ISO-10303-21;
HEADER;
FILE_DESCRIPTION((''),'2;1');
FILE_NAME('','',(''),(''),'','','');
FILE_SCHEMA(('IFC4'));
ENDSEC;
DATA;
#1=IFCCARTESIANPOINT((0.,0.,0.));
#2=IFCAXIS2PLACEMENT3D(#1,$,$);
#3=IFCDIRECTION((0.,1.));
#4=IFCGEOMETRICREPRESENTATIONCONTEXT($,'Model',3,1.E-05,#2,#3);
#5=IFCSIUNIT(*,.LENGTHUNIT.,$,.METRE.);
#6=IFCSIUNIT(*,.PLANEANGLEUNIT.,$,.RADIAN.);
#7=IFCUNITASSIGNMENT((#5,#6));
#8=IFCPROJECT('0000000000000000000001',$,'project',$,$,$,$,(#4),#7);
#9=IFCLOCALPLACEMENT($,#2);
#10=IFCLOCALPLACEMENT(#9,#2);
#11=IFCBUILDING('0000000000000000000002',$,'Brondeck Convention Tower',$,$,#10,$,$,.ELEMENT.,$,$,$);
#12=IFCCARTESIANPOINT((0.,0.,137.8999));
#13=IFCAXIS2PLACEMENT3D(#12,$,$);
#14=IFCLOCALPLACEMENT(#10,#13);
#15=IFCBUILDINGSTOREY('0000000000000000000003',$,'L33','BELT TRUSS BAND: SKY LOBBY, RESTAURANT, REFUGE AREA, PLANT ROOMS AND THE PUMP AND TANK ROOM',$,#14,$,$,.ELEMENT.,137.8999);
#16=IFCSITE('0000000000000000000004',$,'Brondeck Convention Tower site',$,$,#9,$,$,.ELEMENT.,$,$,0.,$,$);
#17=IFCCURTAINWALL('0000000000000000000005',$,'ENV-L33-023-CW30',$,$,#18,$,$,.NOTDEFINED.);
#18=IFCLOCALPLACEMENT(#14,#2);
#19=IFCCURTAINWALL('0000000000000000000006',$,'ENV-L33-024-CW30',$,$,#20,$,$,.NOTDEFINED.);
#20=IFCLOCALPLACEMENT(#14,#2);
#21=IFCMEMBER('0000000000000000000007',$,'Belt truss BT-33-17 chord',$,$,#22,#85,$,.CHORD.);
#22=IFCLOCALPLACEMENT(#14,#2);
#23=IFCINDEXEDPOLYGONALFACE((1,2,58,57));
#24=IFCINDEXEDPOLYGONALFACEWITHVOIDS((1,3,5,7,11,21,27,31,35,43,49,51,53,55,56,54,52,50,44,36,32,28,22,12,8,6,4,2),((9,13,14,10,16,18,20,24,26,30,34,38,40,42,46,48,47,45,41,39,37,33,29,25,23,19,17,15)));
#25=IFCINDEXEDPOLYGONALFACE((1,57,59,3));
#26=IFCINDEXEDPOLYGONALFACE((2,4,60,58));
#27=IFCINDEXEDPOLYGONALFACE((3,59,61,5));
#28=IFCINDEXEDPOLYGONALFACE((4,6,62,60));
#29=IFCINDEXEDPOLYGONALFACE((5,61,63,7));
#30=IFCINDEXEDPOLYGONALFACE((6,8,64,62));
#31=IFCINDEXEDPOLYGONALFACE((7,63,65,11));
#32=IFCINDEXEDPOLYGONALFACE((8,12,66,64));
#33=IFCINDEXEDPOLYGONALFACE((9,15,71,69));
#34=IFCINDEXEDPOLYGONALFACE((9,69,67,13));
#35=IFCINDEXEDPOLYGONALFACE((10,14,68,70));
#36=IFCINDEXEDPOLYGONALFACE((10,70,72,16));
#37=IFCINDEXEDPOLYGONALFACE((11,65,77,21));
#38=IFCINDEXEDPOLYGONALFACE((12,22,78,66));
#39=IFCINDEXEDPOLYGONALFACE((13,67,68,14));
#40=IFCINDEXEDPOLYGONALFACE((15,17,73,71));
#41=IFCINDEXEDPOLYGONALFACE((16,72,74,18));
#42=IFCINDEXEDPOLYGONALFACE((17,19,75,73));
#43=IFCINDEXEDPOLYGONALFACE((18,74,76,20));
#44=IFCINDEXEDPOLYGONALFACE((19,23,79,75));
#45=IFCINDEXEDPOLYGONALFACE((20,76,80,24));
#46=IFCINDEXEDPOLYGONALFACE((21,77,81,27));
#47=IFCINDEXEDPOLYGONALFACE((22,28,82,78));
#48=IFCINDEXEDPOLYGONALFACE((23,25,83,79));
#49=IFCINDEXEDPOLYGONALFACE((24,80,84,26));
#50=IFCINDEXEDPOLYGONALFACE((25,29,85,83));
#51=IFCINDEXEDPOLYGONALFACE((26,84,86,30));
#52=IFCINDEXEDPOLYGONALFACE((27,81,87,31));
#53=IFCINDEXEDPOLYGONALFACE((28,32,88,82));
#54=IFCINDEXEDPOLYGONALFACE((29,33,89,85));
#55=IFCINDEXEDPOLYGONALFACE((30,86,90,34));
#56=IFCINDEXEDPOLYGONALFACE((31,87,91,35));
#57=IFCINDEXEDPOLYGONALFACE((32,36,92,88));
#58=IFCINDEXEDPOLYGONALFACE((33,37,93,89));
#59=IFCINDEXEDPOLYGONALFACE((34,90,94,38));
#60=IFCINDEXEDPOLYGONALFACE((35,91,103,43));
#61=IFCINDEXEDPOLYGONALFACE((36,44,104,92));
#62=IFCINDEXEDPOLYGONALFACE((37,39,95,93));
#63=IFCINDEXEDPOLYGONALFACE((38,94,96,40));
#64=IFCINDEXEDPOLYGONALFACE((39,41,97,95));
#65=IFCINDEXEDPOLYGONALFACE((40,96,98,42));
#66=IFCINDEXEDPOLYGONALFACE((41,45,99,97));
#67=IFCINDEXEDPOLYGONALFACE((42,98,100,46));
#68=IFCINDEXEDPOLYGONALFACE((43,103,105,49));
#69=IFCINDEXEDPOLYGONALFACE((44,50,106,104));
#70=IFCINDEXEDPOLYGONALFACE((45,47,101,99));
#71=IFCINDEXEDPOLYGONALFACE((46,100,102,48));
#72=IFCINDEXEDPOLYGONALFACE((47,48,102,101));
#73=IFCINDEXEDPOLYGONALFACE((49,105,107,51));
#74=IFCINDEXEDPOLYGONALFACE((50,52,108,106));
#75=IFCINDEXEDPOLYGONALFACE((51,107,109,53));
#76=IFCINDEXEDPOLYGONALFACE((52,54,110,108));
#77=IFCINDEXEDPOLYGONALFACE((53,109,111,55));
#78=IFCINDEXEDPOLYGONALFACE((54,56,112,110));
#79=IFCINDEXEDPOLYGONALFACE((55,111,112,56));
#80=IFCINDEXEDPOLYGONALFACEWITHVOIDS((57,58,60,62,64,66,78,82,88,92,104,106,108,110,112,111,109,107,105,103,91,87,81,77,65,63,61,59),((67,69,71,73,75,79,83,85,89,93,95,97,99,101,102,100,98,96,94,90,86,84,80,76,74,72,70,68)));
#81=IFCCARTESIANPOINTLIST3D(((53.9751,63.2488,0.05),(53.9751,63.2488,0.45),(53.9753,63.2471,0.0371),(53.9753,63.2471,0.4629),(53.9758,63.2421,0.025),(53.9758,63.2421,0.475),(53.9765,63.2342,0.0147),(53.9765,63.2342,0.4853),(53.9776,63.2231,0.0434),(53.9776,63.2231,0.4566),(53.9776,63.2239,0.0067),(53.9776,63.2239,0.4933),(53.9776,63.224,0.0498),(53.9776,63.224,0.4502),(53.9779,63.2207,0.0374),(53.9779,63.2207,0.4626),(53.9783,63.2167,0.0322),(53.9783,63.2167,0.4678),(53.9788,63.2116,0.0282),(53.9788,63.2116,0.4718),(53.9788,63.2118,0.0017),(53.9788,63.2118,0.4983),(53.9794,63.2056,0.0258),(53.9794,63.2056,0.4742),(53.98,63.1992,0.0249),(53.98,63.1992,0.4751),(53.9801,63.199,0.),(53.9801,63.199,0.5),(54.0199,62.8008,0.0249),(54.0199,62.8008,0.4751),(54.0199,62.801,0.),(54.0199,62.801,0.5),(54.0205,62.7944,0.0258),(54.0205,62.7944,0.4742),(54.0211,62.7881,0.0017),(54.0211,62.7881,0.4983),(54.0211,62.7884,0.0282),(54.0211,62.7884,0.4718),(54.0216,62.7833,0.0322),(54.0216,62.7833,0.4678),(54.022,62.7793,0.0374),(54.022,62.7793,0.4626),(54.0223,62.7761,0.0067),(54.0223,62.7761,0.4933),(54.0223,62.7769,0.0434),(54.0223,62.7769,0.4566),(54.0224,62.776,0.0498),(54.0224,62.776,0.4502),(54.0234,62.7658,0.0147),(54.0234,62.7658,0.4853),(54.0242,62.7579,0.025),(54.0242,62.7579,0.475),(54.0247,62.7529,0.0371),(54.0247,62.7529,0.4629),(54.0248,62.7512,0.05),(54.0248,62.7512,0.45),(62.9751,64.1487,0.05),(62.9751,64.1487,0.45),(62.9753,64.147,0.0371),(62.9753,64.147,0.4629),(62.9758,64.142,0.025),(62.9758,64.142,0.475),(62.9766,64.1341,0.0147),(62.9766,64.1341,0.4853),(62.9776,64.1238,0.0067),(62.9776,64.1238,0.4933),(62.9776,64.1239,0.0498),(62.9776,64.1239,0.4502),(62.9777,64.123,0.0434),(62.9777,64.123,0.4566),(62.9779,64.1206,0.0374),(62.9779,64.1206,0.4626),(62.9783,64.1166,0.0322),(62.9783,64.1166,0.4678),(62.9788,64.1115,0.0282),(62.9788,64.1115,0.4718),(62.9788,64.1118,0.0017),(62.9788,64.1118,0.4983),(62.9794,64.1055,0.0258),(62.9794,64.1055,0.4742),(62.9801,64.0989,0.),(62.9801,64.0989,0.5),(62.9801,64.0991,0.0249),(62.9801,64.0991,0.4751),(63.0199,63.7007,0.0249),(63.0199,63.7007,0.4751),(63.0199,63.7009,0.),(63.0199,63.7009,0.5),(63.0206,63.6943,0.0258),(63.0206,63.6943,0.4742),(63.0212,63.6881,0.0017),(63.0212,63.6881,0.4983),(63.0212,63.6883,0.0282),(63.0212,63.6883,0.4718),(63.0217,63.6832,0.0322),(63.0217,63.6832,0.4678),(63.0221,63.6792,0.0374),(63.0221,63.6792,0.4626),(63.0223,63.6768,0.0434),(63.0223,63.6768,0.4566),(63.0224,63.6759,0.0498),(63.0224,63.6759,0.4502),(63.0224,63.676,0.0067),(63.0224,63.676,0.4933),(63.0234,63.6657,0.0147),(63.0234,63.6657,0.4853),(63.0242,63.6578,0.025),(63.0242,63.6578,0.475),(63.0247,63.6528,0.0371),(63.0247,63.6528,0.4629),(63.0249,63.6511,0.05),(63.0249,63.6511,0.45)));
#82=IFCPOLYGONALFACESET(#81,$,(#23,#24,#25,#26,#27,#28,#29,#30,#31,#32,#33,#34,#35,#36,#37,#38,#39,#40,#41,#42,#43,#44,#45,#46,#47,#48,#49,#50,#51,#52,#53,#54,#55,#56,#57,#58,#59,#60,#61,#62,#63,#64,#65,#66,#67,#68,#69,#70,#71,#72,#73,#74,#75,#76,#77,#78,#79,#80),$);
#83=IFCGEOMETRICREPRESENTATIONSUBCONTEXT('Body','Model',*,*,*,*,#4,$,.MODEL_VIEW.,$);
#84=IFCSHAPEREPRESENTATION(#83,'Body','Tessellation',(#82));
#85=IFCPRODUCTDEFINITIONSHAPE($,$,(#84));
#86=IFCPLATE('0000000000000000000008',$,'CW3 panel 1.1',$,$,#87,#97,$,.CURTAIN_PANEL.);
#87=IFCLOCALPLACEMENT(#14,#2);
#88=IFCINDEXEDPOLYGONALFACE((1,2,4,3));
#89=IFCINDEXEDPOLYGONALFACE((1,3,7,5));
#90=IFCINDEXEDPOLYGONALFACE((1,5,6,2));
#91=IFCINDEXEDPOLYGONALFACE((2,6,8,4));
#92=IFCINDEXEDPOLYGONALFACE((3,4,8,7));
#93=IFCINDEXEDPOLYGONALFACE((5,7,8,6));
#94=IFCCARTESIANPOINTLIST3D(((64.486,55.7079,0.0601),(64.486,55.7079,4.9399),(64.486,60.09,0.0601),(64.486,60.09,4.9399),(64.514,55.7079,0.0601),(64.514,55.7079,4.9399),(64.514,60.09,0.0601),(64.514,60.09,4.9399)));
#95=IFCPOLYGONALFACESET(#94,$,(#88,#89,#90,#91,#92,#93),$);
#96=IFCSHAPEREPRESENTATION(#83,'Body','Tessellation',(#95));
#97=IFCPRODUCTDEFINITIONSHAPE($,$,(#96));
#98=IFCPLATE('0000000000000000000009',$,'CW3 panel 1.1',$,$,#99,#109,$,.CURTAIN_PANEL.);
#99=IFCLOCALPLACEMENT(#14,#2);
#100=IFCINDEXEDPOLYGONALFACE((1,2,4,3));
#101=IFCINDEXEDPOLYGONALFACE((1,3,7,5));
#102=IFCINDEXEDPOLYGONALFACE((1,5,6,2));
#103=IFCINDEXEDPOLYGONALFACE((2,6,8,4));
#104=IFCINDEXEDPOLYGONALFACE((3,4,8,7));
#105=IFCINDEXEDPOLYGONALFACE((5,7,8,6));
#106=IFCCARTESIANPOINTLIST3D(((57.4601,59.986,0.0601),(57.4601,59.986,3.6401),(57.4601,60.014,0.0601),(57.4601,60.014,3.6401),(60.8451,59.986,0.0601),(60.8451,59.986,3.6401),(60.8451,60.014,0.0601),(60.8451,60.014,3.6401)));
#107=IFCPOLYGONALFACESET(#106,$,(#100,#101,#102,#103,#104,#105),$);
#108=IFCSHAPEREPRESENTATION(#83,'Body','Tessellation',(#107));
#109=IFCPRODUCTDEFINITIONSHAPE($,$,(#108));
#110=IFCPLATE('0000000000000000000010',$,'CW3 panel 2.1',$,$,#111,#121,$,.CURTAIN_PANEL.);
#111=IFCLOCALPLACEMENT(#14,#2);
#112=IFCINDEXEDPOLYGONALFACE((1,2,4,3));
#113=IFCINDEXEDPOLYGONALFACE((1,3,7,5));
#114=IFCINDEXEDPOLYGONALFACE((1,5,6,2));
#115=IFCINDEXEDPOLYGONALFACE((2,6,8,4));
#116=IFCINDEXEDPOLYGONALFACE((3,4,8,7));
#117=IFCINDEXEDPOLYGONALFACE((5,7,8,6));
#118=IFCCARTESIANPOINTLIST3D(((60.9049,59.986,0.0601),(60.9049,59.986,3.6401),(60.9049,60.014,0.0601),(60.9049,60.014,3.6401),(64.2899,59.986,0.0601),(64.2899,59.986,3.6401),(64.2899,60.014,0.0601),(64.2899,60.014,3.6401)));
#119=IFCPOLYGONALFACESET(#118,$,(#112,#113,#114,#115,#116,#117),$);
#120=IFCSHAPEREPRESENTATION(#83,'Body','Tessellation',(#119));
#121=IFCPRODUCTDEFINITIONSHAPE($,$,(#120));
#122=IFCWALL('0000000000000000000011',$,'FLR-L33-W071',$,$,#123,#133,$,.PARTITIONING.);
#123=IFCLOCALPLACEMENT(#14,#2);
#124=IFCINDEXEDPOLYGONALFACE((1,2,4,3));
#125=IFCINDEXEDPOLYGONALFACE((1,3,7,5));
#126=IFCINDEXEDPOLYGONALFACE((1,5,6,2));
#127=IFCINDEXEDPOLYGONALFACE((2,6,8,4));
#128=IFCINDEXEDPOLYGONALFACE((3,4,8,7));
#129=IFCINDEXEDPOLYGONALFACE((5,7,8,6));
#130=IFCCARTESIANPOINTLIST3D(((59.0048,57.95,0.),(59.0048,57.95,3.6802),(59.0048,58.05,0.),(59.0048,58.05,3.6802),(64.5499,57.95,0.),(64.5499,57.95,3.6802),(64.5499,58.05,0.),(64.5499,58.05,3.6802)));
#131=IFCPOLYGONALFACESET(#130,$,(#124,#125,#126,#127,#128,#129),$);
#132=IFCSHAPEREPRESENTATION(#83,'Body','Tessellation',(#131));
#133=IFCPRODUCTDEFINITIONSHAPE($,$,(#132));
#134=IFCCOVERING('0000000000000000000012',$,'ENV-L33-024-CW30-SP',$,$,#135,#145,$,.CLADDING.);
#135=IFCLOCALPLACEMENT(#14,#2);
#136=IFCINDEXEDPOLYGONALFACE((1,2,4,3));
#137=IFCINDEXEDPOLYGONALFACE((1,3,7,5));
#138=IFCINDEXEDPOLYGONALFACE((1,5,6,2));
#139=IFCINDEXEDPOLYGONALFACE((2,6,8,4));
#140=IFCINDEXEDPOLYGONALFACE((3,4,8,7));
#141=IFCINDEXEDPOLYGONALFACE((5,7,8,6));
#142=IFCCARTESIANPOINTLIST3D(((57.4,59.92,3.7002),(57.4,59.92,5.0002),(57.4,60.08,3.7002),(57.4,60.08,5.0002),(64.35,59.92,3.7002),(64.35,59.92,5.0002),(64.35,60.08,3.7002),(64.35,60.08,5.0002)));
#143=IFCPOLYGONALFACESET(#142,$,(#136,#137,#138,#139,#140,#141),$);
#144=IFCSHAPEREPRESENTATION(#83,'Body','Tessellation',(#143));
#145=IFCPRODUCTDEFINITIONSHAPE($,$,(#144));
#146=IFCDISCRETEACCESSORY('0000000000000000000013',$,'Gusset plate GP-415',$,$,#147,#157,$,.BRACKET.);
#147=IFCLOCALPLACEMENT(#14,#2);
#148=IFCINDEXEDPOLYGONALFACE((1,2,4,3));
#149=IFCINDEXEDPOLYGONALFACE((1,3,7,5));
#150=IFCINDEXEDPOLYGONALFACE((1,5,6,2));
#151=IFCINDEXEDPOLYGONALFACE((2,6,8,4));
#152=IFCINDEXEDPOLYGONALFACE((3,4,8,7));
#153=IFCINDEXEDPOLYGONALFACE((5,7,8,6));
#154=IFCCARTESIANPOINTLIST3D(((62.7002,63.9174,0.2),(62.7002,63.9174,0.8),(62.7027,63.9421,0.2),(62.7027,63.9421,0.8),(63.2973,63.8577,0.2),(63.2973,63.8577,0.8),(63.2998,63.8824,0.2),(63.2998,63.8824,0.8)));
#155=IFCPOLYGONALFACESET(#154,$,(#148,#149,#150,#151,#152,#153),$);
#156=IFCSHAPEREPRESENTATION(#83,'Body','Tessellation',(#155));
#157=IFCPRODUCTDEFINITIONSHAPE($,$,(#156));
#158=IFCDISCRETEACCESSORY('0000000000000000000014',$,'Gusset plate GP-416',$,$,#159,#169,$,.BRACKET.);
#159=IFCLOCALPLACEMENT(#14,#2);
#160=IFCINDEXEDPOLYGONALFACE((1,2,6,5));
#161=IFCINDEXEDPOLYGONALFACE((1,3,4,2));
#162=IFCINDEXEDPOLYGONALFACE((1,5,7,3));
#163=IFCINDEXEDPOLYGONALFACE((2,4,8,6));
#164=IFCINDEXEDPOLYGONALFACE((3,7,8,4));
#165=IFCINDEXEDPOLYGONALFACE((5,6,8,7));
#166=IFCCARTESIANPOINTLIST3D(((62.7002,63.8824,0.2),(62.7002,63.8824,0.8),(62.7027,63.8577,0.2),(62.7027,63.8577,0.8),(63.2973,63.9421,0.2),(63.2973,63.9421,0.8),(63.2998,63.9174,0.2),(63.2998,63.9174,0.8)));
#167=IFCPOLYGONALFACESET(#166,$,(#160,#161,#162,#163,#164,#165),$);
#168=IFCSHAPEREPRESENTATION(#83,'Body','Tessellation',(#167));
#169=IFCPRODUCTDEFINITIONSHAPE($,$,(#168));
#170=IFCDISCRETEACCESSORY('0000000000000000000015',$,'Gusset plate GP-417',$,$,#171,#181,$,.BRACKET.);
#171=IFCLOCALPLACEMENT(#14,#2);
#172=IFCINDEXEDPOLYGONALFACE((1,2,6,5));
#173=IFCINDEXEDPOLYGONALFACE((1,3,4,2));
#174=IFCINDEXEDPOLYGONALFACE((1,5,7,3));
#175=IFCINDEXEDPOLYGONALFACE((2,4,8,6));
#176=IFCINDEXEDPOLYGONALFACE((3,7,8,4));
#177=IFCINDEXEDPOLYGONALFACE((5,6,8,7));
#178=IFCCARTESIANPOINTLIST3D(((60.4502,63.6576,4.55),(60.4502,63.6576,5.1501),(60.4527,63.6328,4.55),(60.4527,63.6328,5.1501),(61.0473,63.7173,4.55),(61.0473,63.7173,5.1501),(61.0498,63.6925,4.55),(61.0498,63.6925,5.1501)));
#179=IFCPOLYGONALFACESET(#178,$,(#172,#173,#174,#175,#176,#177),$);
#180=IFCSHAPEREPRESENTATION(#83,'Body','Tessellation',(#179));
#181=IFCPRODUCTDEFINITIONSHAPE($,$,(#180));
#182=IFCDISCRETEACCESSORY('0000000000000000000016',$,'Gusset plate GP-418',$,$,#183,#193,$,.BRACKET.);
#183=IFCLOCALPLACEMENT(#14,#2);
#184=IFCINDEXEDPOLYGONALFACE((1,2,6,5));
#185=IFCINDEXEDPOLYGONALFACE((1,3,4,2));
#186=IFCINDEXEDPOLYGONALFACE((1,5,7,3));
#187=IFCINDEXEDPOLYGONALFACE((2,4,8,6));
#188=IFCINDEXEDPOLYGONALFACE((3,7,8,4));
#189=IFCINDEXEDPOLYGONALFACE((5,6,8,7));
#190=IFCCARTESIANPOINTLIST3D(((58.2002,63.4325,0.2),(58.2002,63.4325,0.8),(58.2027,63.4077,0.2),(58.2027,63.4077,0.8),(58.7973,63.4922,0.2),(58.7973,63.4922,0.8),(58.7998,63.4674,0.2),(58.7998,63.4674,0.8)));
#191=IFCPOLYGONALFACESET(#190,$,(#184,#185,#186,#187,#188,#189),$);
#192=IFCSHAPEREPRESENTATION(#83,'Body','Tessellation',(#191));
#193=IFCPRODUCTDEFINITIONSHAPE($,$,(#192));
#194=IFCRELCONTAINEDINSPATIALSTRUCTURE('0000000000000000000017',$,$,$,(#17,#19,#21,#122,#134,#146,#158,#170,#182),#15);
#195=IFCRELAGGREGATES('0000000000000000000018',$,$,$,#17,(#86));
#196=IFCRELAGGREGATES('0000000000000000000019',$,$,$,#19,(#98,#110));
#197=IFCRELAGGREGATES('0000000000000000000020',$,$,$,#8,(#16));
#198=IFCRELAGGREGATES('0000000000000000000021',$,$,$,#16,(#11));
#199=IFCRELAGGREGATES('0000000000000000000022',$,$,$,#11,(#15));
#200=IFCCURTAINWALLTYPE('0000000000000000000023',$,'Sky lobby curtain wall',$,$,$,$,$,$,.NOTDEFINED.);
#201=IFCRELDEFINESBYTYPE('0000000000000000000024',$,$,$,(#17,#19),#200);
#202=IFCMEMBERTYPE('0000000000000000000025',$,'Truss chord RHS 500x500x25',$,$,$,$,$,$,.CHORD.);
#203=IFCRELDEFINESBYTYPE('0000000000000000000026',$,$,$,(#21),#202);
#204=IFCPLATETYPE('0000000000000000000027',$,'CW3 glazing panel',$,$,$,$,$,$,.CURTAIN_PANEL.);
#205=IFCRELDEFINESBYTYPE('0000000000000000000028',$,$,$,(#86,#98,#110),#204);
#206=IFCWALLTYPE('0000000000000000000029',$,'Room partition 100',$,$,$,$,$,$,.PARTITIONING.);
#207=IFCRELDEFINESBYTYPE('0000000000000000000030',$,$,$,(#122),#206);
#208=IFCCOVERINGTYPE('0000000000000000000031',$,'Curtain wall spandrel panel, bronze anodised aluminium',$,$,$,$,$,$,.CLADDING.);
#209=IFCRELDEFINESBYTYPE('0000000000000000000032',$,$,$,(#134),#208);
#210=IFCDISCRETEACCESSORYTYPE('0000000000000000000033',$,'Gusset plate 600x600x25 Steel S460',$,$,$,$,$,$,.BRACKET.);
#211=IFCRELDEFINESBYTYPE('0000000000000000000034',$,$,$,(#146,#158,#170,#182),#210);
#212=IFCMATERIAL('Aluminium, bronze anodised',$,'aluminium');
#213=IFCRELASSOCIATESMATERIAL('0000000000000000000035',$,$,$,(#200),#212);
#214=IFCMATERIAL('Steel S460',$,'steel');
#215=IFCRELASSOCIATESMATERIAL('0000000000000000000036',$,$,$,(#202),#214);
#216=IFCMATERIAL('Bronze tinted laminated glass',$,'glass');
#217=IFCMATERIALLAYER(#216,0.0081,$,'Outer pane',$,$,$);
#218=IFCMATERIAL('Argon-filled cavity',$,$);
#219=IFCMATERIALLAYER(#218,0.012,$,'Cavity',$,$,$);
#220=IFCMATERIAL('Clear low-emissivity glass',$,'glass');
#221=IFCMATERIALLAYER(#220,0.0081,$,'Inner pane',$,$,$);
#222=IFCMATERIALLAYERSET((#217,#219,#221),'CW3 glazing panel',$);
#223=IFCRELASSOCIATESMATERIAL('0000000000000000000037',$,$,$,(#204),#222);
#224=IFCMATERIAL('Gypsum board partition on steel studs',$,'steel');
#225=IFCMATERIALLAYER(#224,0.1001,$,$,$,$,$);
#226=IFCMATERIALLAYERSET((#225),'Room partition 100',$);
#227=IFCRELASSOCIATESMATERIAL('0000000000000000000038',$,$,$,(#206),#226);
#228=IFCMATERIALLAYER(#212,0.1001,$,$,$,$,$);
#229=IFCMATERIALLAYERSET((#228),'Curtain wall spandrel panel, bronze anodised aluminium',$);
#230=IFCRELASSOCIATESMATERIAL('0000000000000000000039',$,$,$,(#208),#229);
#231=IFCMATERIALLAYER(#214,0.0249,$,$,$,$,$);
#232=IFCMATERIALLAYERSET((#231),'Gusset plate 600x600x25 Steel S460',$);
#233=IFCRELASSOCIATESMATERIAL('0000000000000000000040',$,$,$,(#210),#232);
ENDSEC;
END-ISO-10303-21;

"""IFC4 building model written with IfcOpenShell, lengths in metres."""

from ifc_helpers import new_model, si_unit, direction, frame, frame_2d, origin, origin_2d, place, context, subcontext, project, spatial, rectangle, hollow_rectangle, extrude, material, layer, layer_set, material_profile, profile_set, type_object, element, aggregate, save


model = new_model("IFC4")

# Units and contexts
model_context = context("Model", 3, precision=1e-05, world=origin(), true_north=direction((0.0, 1.0)))
body_context = subcontext(model_context, "Body", "Model", "MODEL_VIEW")
ifc_project = project(units=[si_unit("LENGTHUNIT", "METRE"), si_unit("PLANEANGLEUNIT", "RADIAN")], contexts=[model_context])

# Site, building, storey
site_placement = place(None, origin())
site = spatial("IfcSite", under=ifc_project, at=site_placement, Name="Brondeck Convention Tower site", CompositionType="ELEMENT", RefElevation=0.0)
building_placement = place(site_placement, origin())
building = spatial("IfcBuilding", under=site, at=building_placement, Name="Brondeck Convention Tower", CompositionType="ELEMENT")
storey_placement = place(building_placement, frame((0.0, 0.0, 137.8999)))
storey = spatial("IfcBuildingStorey", under=building, at=storey_placement, Name="L33", Description="BELT TRUSS BAND: SKY LOBBY, RESTAURANT, REFUGE AREA, PLANT ROOMS AND THE PUMP AND TANK ROOM", CompositionType="ELEMENT", Elevation=137.8999)

# Curtain wall
ifc_material_1 = material(Name="Aluminium, bronze anodised", Category="aluminium")
curtain_wall_type = type_object("IfcCurtainWallType", Name="Sky lobby curtain wall", PredefinedType="NOTDEFINED", material=ifc_material_1)
curtain_wall_1_placement = place(storey_placement, origin())
curtain_wall_1 = element("IfcCurtainWall", 1, at=curtain_wall_1_placement, inside=storey, type_object=curtain_wall_type, Name="ENV-L33-023-CW30", PredefinedType="NOTDEFINED")

# Curtain wall
curtain_wall_2_placement = place(storey_placement, origin())
curtain_wall_2 = element("IfcCurtainWall", 2, at=curtain_wall_2_placement, inside=storey, type_object=curtain_wall_type, Name="ENV-L33-024-CW30", PredefinedType="NOTDEFINED")

# Shared definitions
ifc_material_2 = material(Name="Steel S460", Category="steel")

# Member
ifc_material_profile_1 = material_profile(ifc_material_2, hollow_rectangle(XDim=0.5, YDim=0.5, WallThickness=0.0249, InnerFilletRadius=0.0249, OuterFilletRadius=0.05, at=origin_2d()), Name="RHS 500x500x25")
ifc_profile_set_1 = profile_set([ifc_material_profile_1], Name="Steel S460")
member_type_1 = type_object("IfcMemberType", Name="Truss chord RHS 500x500x25", PredefinedType="CHORD", material=ifc_profile_set_1)
member_1_placement = place(storey_placement, frame((63.0, 63.8999, 0.25), z_axis=(-0.995038, -0.099493, 0.0), x_axis=(0.099493, -0.995038, 0.0)))
element("IfcMember", 3, at=member_1_placement, inside=storey, type_object=member_type_1, Name="Belt truss BT-33-17 chord", PredefinedType="CHORD", context=body_context, shape_type="SweptSolid", body=[
    extrude(hollow_rectangle(XDim=0.5, YDim=0.5, WallThickness=0.0249, InnerFilletRadius=0.0249, OuterFilletRadius=0.05, at=origin_2d()), origin(), (0.0, 0.0, 1.0), 9.0449),
])

# Plates
ifc_material_3 = material(Name="Bronze tinted laminated glass", Category="glass")
ifc_layer_1 = layer(ifc_material_3, 0.0081, Name="Outer pane")
ifc_material_4 = material(Name="Argon-filled cavity")
ifc_layer_2 = layer(ifc_material_4, 0.012, Name="Cavity")
ifc_material_5 = material(Name="Clear low-emissivity glass", Category="glass")
ifc_layer_3 = layer(ifc_material_5, 0.0081, Name="Inner pane")
ifc_layer_set_1 = layer_set([ifc_layer_1, ifc_layer_2, ifc_layer_3], Name="CW3 glazing panel")
plate_type = type_object("IfcPlateType", Name="CW3 glazing panel", PredefinedType="CURTAIN_PANEL", material=ifc_layer_set_1)
plate_1_placement = place(storey_placement, frame((64.5, 57.8989, 0.0601), z_axis=(0.0, 0.0, 1.0), x_axis=(0.0, -1.0, 0.0)))
plate_1 = element("IfcPlate", 4, at=plate_1_placement, type_object=plate_type, Name="CW3 panel 1.1", PredefinedType="CURTAIN_PANEL", context=body_context, shape_type="SweptSolid", body=[
    extrude(rectangle(XDim=4.3821, YDim=0.0281, at=origin_2d()), origin(), (0.0, 0.0, 1.0), 4.8799),
])
aggregate(curtain_wall_1, [plate_1])
plate_2_placement = place(storey_placement, frame((59.1526, 60.0, 0.0601), z_axis=(0.0, 0.0, 1.0), x_axis=(1.0, 0.0, 0.0)))
plate_2 = element("IfcPlate", 5, at=plate_2_placement, type_object=plate_type, Name="CW3 panel 1.1", PredefinedType="CURTAIN_PANEL", context=body_context, shape_type="SweptSolid", body=[
    extrude(rectangle(XDim=3.385, YDim=0.0281, at=origin_2d()), origin(), (0.0, 0.0, 1.0), 3.5801),
])
plate_3_placement = place(storey_placement, frame((62.5974, 60.0, 0.0601), z_axis=(0.0, 0.0, 1.0), x_axis=(1.0, 0.0, 0.0)))
plate_3 = element("IfcPlate", 6, at=plate_3_placement, type_object=plate_type, Name="CW3 panel 2.1", PredefinedType="CURTAIN_PANEL", context=body_context, shape_type="SweptSolid", body=[
    extrude(rectangle(XDim=3.385, YDim=0.0281, at=origin_2d()), origin(), (0.0, 0.0, 1.0), 3.5801),
])
aggregate(curtain_wall_2, [plate_2, plate_3])

# Wall
ifc_material_6 = material(Name="Gypsum board partition on steel studs", Category="steel")
ifc_layer_4 = layer(ifc_material_6, 0.1001)
ifc_layer_set_2 = layer_set([ifc_layer_4], Name="Room partition 100")
wall_type = type_object("IfcWallType", Name="Room partition 100", PredefinedType="PARTITIONING", material=ifc_layer_set_2)
wall_placement = place(storey_placement, frame((59.0049, 58.0, 0.0), z_axis=(0.0, 0.0, 1.0), x_axis=(1.0, 0.0, 0.0)))
element("IfcWall", 7, at=wall_placement, inside=storey, type_object=wall_type, Name="FLR-L33-W071", PredefinedType="PARTITIONING", context=body_context, shape_type="SweptSolid", body=[
    extrude(rectangle(XDim=5.5452, YDim=0.1001, at=frame_2d((2.7725, 0.0))), origin(), (0.0, 0.0, 1.0), 3.6802),
])

# Covering
ifc_layer_5 = layer(ifc_material_1, 0.1001)
ifc_layer_set_3 = layer_set([ifc_layer_5], Name="Curtain wall spandrel panel, bronze anodised aluminium")
covering_type = type_object("IfcCoveringType", Name="Curtain wall spandrel panel, bronze anodised aluminium", PredefinedType="CLADDING", material=ifc_layer_set_3)
covering_placement = place(storey_placement, frame((60.875, 60.0, 3.7002), z_axis=(0.0, 0.0, 1.0), x_axis=(1.0, 0.0, 0.0)))
element("IfcCovering", 8, at=covering_placement, inside=storey, type_object=covering_type, Name="ENV-L33-024-CW30-SP", PredefinedType="CLADDING", context=body_context, shape_type="SweptSolid", body=[
    extrude(rectangle(XDim=6.95, YDim=0.1599, at=origin_2d()), origin(), (0.0, 0.0, 1.0), 1.3),
])

# Discrete accessories
ifc_layer_6 = layer(ifc_material_2, 0.0249)
ifc_layer_set_4 = layer_set([ifc_layer_6], Name="Gusset plate 600x600x25 Steel S460")
discrete_accessory_type = type_object("IfcDiscreteAccessoryType", Name="Gusset plate 600x600x25 Steel S460", PredefinedType="BRACKET", material=ifc_layer_set_4)
for number, where, z_axis, x_axis, name in (
    (9, (63.0, 63.8999, 0.2), (0.0, 0.0, 1.0), (-0.995036, 0.099511, 0.0), "Gusset plate GP-415"),
    (10, (63.0, 63.8999, 0.2), (0.0, 0.0, 1.0), (0.995036, 0.099511, 0.0), "Gusset plate GP-416"),
    (11, (60.75, 63.675, 4.55), (0.0, 0.0, 1.0), (0.995036, 0.099511, 0.0), "Gusset plate GP-417"),
    (12, (58.5, 63.45, 0.2), (0.0, 0.0, 1.0), (0.995036, 0.099511, 0.0), "Gusset plate GP-418"),
):
    element("IfcDiscreteAccessory", number, at=place(storey_placement, frame(where, z_axis=z_axis, x_axis=x_axis)), inside=storey, type_object=discrete_accessory_type, Name=name, PredefinedType="BRACKET", context=body_context, shape_type="SweptSolid", body=[
        extrude(rectangle(XDim=0.6001, YDim=0.0249, at=origin_2d()), origin(), (0.0, 0.0, 1.0), 0.6001),
    ])

save(model, "model.ifc")
